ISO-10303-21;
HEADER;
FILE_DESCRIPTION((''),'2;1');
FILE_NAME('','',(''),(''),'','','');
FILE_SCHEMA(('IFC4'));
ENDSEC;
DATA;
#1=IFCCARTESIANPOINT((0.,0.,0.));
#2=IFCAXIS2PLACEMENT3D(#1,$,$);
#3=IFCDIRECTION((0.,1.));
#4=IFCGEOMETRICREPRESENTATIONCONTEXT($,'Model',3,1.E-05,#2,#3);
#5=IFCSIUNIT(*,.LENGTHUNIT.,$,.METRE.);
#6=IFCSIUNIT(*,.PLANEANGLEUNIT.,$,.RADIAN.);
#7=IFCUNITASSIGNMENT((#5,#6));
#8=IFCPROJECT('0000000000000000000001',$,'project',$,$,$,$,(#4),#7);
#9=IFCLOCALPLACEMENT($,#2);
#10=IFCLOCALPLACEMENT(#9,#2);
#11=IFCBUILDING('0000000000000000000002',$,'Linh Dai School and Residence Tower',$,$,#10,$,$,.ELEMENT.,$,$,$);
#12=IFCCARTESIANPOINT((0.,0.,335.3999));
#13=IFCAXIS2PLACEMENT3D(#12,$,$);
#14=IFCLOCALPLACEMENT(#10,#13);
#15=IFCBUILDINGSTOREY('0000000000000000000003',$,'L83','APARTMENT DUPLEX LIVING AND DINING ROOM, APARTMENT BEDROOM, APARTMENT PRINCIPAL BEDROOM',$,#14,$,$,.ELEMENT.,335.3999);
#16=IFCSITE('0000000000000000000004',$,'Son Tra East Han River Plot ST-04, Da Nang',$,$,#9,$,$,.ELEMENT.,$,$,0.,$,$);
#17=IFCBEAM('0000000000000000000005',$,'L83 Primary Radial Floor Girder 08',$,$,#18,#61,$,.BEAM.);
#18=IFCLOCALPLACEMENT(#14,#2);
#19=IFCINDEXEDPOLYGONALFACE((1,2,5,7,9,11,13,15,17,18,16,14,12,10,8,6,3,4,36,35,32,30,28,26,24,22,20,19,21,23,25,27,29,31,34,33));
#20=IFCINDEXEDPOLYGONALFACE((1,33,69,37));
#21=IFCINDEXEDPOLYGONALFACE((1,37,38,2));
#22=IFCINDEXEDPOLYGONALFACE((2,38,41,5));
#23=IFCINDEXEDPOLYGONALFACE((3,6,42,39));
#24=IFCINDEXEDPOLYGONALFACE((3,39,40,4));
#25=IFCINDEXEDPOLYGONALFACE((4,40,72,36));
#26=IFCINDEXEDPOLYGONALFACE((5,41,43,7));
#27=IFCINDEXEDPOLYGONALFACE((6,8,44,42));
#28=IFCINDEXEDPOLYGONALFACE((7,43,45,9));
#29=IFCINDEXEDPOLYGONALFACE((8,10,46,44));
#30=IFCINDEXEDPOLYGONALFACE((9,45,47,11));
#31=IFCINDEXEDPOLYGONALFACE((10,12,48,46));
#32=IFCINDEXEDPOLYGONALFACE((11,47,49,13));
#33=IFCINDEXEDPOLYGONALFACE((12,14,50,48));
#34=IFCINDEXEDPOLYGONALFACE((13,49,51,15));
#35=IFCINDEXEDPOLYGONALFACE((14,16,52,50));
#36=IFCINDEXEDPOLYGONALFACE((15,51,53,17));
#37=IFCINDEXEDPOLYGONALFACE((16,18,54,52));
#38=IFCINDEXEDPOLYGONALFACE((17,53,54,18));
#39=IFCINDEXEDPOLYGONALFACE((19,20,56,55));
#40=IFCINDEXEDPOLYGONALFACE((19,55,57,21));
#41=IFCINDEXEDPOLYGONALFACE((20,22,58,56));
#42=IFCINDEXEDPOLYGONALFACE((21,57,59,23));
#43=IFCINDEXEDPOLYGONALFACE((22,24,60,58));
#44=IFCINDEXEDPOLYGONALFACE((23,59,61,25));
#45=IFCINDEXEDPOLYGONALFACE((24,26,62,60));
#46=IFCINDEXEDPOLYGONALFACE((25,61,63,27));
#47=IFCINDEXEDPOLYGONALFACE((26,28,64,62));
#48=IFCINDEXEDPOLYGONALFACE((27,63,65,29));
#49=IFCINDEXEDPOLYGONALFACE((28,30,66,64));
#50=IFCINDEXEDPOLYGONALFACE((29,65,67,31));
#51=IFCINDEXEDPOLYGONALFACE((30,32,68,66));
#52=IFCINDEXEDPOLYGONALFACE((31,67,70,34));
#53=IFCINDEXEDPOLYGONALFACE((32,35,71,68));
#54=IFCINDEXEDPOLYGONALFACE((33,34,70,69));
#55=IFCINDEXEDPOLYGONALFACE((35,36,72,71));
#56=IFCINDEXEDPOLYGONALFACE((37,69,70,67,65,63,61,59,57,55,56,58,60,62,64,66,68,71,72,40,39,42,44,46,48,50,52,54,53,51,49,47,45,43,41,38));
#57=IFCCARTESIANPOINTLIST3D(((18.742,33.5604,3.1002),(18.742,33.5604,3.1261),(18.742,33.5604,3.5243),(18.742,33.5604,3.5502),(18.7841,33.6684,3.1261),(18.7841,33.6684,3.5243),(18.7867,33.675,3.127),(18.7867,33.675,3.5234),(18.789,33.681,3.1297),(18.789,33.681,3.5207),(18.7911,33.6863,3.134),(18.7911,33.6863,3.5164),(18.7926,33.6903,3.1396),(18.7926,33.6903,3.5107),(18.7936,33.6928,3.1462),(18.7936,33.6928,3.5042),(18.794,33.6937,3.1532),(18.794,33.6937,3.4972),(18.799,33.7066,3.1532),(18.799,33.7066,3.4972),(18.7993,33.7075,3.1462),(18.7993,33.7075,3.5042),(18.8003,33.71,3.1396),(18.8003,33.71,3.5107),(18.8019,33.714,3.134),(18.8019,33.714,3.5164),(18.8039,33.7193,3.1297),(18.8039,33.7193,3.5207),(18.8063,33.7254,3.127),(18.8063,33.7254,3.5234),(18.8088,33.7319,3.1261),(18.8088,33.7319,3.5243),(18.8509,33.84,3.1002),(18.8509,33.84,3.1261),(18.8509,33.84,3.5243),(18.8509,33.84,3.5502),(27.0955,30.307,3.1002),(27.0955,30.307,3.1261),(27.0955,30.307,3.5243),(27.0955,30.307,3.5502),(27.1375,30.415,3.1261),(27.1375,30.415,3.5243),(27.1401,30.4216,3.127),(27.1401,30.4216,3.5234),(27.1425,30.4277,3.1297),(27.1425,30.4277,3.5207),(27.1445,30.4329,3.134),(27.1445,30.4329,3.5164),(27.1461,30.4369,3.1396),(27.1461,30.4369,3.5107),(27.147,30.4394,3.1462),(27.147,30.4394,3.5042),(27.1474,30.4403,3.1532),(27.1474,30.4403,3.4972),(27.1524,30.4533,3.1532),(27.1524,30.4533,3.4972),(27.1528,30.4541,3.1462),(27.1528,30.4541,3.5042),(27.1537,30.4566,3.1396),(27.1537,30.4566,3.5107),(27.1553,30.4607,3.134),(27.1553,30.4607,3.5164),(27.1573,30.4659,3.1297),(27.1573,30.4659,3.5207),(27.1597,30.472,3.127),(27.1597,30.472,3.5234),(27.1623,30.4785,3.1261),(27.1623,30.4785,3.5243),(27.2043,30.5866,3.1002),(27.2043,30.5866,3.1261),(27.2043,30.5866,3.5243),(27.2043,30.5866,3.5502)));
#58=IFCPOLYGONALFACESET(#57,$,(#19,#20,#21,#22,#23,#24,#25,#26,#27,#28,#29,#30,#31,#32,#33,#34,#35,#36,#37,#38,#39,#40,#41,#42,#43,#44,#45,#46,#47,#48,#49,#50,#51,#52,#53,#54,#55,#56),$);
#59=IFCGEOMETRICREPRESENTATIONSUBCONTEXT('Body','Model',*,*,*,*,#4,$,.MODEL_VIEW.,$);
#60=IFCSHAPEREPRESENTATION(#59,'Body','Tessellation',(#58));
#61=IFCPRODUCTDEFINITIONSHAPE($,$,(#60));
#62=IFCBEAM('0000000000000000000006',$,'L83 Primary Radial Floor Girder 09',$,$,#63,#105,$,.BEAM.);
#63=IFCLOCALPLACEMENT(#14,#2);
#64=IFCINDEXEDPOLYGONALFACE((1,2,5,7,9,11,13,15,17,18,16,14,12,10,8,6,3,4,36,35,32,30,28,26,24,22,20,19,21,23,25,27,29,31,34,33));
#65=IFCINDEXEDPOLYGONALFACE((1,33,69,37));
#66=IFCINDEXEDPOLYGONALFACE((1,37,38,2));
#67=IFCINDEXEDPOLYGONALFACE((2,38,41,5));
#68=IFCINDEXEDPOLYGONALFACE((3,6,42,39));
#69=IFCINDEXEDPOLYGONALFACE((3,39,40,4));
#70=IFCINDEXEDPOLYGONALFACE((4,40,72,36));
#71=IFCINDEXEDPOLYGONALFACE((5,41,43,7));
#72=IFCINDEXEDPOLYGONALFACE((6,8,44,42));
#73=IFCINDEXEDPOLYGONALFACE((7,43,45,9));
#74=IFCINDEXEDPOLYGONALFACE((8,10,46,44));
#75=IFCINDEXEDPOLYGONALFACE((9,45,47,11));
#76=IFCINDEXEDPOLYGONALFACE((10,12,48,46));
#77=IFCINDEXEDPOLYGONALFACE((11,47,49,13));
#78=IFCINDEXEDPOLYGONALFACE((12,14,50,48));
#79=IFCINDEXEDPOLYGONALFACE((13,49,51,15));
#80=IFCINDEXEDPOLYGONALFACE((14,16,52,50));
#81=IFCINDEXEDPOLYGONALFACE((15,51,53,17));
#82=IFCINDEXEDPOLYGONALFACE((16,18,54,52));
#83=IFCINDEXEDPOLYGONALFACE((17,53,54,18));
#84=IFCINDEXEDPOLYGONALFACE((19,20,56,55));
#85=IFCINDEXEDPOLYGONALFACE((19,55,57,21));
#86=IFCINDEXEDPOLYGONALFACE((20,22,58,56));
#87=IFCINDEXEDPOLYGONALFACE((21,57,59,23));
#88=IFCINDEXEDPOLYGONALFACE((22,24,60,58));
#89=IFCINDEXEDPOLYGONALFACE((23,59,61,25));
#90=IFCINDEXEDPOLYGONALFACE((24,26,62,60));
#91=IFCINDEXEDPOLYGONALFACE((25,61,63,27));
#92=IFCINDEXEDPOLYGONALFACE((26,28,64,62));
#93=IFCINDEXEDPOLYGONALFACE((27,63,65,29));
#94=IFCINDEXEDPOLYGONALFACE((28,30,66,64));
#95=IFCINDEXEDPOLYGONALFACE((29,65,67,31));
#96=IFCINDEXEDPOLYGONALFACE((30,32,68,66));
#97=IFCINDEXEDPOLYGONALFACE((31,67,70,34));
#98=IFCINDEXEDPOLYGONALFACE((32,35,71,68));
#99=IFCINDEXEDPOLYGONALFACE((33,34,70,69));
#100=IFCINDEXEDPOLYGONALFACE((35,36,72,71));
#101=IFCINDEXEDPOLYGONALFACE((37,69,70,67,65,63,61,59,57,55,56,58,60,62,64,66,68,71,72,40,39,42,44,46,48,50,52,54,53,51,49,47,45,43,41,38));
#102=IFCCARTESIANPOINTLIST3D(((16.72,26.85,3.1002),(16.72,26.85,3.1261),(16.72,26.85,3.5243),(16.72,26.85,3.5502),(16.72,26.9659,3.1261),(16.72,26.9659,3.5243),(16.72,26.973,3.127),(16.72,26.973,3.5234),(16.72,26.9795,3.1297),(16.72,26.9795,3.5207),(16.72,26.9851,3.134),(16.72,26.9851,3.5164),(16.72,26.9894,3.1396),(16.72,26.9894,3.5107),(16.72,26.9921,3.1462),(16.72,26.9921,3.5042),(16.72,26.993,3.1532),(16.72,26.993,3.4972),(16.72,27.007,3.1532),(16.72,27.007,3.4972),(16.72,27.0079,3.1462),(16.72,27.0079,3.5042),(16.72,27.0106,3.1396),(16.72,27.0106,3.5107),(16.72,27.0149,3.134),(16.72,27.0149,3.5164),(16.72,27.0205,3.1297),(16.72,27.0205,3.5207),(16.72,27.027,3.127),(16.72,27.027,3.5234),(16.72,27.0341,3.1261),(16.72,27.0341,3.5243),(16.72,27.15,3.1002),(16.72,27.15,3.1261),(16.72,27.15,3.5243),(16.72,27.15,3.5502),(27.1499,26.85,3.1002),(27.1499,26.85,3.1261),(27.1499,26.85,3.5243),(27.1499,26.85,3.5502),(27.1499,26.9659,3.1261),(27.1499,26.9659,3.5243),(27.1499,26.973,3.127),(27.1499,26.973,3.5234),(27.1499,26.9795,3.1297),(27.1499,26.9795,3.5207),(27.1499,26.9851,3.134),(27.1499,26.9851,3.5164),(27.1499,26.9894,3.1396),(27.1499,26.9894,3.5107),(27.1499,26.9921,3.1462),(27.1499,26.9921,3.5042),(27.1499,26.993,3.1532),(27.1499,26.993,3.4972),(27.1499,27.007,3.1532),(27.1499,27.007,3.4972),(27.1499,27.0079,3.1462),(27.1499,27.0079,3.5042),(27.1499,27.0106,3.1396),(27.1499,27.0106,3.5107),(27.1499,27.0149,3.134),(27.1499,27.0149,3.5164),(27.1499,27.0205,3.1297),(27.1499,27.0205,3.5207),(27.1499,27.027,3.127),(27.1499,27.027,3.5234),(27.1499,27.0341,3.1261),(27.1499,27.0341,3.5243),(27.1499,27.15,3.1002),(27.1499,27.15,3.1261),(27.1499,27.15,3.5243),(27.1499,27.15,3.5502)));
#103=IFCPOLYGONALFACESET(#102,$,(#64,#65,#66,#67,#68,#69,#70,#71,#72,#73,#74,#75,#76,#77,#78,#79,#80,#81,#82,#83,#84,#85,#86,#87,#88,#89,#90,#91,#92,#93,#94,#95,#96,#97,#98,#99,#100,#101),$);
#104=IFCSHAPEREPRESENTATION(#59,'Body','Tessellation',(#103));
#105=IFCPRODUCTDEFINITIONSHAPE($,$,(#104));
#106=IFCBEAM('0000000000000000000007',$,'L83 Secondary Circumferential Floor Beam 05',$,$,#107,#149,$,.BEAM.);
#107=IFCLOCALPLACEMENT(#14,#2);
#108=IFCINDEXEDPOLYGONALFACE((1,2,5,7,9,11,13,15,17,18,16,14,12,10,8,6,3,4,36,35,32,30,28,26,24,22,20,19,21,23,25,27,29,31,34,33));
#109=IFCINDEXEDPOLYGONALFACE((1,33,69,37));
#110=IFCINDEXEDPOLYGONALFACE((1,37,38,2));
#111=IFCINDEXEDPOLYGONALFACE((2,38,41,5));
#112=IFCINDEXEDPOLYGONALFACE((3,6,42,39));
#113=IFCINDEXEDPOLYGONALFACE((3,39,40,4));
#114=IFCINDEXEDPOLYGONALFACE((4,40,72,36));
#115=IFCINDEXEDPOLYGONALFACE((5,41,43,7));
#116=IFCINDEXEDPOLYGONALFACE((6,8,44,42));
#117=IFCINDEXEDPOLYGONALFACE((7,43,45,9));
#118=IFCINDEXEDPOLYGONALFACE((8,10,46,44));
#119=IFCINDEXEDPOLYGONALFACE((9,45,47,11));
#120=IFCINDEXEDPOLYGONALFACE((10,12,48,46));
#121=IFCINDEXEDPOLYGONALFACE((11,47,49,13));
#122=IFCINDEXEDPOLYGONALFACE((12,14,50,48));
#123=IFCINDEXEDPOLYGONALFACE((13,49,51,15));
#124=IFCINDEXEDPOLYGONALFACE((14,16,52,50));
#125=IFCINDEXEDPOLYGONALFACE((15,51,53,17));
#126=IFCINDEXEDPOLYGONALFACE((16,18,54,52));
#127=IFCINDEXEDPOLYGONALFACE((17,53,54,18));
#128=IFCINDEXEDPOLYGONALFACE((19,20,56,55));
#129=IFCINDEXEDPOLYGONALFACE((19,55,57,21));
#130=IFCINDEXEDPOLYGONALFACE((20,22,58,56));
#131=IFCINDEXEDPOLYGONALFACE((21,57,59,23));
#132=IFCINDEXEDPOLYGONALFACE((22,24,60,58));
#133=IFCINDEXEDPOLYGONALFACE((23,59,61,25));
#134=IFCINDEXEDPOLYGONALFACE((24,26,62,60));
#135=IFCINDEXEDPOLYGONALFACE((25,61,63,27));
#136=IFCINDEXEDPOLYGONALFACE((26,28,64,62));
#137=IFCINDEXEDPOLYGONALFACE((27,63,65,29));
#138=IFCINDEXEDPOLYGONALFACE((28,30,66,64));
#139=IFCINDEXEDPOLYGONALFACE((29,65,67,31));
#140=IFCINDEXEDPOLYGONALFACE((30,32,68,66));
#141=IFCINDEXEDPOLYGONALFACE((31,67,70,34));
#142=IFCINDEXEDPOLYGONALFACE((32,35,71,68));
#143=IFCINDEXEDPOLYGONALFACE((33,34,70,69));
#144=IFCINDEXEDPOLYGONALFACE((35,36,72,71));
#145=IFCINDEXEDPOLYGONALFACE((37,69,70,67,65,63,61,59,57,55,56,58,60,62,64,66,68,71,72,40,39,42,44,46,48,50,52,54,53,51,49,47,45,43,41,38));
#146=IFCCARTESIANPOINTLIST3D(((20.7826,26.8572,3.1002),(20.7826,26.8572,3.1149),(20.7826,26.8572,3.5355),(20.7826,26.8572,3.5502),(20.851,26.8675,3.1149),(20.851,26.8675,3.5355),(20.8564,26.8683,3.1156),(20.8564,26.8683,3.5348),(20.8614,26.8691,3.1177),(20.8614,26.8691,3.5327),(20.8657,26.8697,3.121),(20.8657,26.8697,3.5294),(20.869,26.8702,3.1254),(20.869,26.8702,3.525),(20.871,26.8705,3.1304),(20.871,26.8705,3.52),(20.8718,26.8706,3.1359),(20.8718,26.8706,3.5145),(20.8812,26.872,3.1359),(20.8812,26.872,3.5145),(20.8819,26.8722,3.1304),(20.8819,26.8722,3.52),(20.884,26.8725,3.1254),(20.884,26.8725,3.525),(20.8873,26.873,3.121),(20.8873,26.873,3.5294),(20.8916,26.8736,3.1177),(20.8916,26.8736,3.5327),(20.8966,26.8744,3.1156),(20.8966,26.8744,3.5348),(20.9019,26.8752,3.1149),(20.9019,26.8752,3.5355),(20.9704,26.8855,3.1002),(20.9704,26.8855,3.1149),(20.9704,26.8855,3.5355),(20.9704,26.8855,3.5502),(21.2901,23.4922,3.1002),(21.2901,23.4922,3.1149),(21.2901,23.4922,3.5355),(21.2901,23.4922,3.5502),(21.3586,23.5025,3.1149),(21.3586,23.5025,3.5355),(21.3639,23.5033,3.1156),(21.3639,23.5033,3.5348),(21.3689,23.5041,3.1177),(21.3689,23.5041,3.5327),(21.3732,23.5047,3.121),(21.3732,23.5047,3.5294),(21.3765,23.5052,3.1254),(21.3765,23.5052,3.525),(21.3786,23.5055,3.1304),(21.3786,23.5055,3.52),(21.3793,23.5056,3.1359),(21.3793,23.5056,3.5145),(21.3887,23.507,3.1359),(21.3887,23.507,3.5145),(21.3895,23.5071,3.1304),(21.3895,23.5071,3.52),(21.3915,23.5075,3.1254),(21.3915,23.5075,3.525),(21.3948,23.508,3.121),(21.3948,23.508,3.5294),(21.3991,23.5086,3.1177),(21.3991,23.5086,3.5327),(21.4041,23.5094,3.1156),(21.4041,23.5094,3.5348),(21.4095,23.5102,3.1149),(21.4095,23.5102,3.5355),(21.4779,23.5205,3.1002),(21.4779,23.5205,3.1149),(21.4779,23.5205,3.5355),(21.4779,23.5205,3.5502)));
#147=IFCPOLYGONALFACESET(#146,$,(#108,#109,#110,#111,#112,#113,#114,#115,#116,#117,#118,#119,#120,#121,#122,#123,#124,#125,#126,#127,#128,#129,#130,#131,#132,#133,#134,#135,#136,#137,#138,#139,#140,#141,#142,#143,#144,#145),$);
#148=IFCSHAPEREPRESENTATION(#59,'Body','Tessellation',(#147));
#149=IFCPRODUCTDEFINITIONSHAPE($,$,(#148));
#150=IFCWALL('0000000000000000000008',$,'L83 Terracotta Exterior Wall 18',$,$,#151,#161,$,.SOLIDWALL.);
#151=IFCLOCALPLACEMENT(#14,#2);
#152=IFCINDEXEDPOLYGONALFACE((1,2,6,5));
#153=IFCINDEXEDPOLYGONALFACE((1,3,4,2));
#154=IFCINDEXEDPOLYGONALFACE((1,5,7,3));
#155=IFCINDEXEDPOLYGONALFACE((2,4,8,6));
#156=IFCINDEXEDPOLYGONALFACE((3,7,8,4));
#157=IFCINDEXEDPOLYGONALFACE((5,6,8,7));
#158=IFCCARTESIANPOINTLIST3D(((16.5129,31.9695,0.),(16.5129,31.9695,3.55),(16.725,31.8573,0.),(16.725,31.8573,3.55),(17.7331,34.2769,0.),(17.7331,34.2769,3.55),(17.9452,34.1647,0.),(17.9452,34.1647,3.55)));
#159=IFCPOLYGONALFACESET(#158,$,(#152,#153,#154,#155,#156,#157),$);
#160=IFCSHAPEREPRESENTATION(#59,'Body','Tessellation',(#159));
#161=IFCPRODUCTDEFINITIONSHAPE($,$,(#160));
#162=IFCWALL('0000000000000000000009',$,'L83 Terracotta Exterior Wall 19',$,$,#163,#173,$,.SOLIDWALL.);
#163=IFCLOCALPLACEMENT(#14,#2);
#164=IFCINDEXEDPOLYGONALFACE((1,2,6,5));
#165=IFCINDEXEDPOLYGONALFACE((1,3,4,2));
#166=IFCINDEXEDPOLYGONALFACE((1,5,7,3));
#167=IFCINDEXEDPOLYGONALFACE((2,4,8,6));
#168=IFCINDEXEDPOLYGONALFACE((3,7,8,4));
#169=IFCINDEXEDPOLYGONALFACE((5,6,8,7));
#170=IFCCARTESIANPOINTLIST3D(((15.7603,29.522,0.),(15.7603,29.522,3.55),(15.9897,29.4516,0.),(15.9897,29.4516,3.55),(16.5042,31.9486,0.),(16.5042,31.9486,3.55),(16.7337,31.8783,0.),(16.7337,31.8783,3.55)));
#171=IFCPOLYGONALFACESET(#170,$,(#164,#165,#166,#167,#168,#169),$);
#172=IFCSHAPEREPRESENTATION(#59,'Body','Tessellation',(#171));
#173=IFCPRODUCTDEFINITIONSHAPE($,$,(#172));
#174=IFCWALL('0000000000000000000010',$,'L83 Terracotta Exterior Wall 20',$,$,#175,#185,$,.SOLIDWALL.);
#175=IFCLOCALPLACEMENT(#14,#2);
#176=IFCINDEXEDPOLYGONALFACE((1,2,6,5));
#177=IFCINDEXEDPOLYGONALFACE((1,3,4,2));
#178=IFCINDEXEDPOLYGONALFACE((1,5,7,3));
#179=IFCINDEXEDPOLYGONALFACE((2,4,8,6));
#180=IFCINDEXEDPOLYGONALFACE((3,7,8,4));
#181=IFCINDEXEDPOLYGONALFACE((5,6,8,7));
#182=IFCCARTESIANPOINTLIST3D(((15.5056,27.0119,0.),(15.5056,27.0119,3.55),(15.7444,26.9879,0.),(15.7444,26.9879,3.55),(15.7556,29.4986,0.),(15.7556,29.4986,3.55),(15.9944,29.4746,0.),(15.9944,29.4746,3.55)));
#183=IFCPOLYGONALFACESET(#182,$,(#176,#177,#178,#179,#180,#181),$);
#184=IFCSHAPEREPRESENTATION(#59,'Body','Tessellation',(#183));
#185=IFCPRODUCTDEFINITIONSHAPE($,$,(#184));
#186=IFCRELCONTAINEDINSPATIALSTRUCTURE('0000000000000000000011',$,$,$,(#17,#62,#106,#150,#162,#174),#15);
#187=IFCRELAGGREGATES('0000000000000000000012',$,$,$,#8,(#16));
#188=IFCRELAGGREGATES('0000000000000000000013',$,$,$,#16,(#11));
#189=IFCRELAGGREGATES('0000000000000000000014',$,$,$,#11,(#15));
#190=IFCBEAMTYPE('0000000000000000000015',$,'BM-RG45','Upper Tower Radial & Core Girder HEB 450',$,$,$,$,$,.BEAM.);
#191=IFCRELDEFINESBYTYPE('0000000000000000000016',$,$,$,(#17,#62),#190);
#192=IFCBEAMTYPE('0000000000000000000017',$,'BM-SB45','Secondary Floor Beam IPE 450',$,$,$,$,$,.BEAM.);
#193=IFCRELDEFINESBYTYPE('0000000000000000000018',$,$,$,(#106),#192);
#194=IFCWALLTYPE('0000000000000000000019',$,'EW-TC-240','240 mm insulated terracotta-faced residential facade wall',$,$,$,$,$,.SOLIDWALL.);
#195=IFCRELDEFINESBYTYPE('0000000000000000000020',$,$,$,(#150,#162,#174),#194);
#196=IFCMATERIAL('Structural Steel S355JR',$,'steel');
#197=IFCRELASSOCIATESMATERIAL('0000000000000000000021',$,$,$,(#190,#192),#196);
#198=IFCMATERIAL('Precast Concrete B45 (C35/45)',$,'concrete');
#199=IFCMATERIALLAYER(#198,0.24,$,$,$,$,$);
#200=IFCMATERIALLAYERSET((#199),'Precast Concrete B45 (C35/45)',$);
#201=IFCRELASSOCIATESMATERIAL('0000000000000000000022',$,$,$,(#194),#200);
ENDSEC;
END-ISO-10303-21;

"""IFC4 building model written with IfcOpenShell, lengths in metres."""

from ifc_helpers import new_model, si_unit, direction, frame, frame_2d, origin, origin_2d, place, context, subcontext, project, spatial, rectangle, i_section, extrude, material, layer, layer_set, material_profile, profile_set, type_object, element, save


model = new_model("IFC4")

# Units and contexts
model_context = context("Model", 3, precision=1e-05, world=origin(), true_north=direction((0.0, 1.0)))
body_context = subcontext(model_context, "Body", "Model", "MODEL_VIEW")
ifc_project = project(units=[si_unit("LENGTHUNIT", "METRE"), si_unit("PLANEANGLEUNIT", "RADIAN")], contexts=[model_context])

# Site, building, storey
site_placement = place(None, origin())
site = spatial("IfcSite", under=ifc_project, at=site_placement, Name="Son Tra East Han River Plot ST-04, Da Nang", CompositionType="ELEMENT", RefElevation=0.0)
building_placement = place(site_placement, origin())
building = spatial("IfcBuilding", under=site, at=building_placement, Name="Linh Dai School and Residence Tower", CompositionType="ELEMENT")
storey_placement = place(building_placement, frame((0.0, 0.0, 335.3999)))
storey = spatial("IfcBuildingStorey", under=building, at=storey_placement, Name="L83", Description="APARTMENT DUPLEX LIVING AND DINING ROOM, APARTMENT BEDROOM, APARTMENT PRINCIPAL BEDROOM", CompositionType="ELEMENT", Elevation=335.3999)

# Shared definitions
ifc_material_1 = material(Name="Structural Steel S355JR", Category="steel")

# Beams
ifc_material_profile_1 = material_profile(ifc_material_1, i_section(OverallWidth=0.3, OverallDepth=0.45, WebThickness=0.0139, FlangeThickness=0.0259, FilletRadius=0.0271, at=origin_2d()), Name="HEB 450")
ifc_profile_set_1 = profile_set([ifc_material_profile_1], Name="Structural Steel S355JR")
beam_type_1 = type_object("IfcBeamType", Name="BM-RG45", Description="Upper Tower Radial & Core Girder HEB 450", PredefinedType="BEAM", material=ifc_profile_set_1)
beam_1_placement = place(storey_placement, frame((27.1499, 30.4468, 3.3252), z_axis=(-0.931823, 0.362914, 0.0), x_axis=(-0.362914, -0.931823, 0.0)))
element("IfcBeam", 1, at=beam_1_placement, inside=storey, type_object=beam_type_1, Name="L83 Primary Radial Floor Girder 08", PredefinedType="BEAM", context=body_context, shape_type="SweptSolid", body=[
    extrude(i_section(OverallWidth=0.3, OverallDepth=0.45, WebThickness=0.0139, FlangeThickness=0.0259, FilletRadius=0.0271, at=origin_2d()), origin(), (0.0, 0.0, 1.0), 8.9646),
])
beam_2_placement = place(storey_placement, frame((27.1499, 27.0, 3.3252), z_axis=(-1.0, 0.0, 0.0), x_axis=(0.0, -1.0, 0.0)))
element("IfcBeam", 2, at=beam_2_placement, inside=storey, type_object=beam_type_1, Name="L83 Primary Radial Floor Girder 09", PredefinedType="BEAM", context=body_context, shape_type="SweptSolid", body=[
    extrude(i_section(OverallWidth=0.3, OverallDepth=0.45, WebThickness=0.0139, FlangeThickness=0.0259, FilletRadius=0.0271, at=origin_2d()), origin(), (0.0, 0.0, 1.0), 10.4299),
])
ifc_material_profile_2 = material_profile(ifc_material_1, i_section(OverallWidth=0.1899, OverallDepth=0.45, WebThickness=0.0095, FlangeThickness=0.0146, FilletRadius=0.021, at=origin_2d()), Name="IPE 450")
ifc_profile_set_2 = profile_set([ifc_material_profile_2], Name="Structural Steel S355JR")
beam_type_2 = type_object("IfcBeamType", Name="BM-SB45", Description="Secondary Floor Beam IPE 450", PredefinedType="BEAM", material=ifc_profile_set_2)
beam_3_placement = place(storey_placement, frame((20.8765, 26.8713, 3.3252), z_axis=(0.149151, -0.988814, 0.0), x_axis=(0.988814, 0.149151, 0.0)))
element("IfcBeam", 3, at=beam_3_placement, inside=storey, type_object=beam_type_2, Name="L83 Secondary Circumferential Floor Beam 05", PredefinedType="BEAM", context=body_context, shape_type="SweptSolid", body=[
    extrude(i_section(OverallWidth=0.1899, OverallDepth=0.45, WebThickness=0.0095, FlangeThickness=0.0146, FilletRadius=0.021, at=origin_2d()), origin(), (0.0, 0.0, 1.0), 3.4031),
])

# Walls
ifc_material_2 = material(Name="Precast Concrete B45 (C35/45)", Category="concrete")
ifc_layer_1 = layer(ifc_material_2, 0.24)
ifc_layer_set_1 = layer_set([ifc_layer_1], Name="Precast Concrete B45 (C35/45)")
wall_type_1 = type_object("IfcWallType", Name="EW-TC-240", Description="240 mm insulated terracotta-faced residential facade wall", PredefinedType="SOLIDWALL", material=ifc_layer_set_1)
wall_1_placement = place(storey_placement, frame((16.6189, 31.9133, 0.0), z_axis=(0.0, 0.0, 1.0), x_axis=(0.467488, 0.883999, 0.0)))
element("IfcWall", 4, at=wall_1_placement, inside=storey, type_object=wall_type_1, Name="L83 Terracotta Exterior Wall 18", PredefinedType="SOLIDWALL", context=body_context, shape_type="SweptSolid", body=[
    extrude(rectangle(XDim=2.6101, YDim=0.24, at=frame_2d((1.3052, 0.0))), origin(), (0.0, 0.0, 1.0), 3.55),
])
wall_2_placement = place(storey_placement, frame((15.875, 29.4868, 0.0), z_axis=(0.0, 0.0, 1.0), x_axis=(0.293106, 0.95608, 0.0)))
element("IfcWall", 5, at=wall_2_placement, inside=storey, type_object=wall_type_1, Name="L83 Terracotta Exterior Wall 19", PredefinedType="SOLIDWALL", context=body_context, shape_type="SweptSolid", body=[
    extrude(rectangle(XDim=2.5381, YDim=0.24, at=frame_2d((1.269, 0.0))), origin(), (0.0, 0.0, 1.0), 3.55),
])
wall_3_placement = place(storey_placement, frame((15.625, 27.0, 0.0), z_axis=(0.0, 0.0, 1.0), x_axis=(0.100026, 0.994985, 0.0)))
element("IfcWall", 6, at=wall_3_placement, inside=storey, type_object=wall_type_1, Name="L83 Terracotta Exterior Wall 20", PredefinedType="SOLIDWALL", context=body_context, shape_type="SweptSolid", body=[
    extrude(rectangle(XDim=2.4993, YDim=0.24, at=frame_2d((1.2495, 0.0))), origin(), (0.0, 0.0, 1.0), 3.55),
])

save(model, "model.ifc")
